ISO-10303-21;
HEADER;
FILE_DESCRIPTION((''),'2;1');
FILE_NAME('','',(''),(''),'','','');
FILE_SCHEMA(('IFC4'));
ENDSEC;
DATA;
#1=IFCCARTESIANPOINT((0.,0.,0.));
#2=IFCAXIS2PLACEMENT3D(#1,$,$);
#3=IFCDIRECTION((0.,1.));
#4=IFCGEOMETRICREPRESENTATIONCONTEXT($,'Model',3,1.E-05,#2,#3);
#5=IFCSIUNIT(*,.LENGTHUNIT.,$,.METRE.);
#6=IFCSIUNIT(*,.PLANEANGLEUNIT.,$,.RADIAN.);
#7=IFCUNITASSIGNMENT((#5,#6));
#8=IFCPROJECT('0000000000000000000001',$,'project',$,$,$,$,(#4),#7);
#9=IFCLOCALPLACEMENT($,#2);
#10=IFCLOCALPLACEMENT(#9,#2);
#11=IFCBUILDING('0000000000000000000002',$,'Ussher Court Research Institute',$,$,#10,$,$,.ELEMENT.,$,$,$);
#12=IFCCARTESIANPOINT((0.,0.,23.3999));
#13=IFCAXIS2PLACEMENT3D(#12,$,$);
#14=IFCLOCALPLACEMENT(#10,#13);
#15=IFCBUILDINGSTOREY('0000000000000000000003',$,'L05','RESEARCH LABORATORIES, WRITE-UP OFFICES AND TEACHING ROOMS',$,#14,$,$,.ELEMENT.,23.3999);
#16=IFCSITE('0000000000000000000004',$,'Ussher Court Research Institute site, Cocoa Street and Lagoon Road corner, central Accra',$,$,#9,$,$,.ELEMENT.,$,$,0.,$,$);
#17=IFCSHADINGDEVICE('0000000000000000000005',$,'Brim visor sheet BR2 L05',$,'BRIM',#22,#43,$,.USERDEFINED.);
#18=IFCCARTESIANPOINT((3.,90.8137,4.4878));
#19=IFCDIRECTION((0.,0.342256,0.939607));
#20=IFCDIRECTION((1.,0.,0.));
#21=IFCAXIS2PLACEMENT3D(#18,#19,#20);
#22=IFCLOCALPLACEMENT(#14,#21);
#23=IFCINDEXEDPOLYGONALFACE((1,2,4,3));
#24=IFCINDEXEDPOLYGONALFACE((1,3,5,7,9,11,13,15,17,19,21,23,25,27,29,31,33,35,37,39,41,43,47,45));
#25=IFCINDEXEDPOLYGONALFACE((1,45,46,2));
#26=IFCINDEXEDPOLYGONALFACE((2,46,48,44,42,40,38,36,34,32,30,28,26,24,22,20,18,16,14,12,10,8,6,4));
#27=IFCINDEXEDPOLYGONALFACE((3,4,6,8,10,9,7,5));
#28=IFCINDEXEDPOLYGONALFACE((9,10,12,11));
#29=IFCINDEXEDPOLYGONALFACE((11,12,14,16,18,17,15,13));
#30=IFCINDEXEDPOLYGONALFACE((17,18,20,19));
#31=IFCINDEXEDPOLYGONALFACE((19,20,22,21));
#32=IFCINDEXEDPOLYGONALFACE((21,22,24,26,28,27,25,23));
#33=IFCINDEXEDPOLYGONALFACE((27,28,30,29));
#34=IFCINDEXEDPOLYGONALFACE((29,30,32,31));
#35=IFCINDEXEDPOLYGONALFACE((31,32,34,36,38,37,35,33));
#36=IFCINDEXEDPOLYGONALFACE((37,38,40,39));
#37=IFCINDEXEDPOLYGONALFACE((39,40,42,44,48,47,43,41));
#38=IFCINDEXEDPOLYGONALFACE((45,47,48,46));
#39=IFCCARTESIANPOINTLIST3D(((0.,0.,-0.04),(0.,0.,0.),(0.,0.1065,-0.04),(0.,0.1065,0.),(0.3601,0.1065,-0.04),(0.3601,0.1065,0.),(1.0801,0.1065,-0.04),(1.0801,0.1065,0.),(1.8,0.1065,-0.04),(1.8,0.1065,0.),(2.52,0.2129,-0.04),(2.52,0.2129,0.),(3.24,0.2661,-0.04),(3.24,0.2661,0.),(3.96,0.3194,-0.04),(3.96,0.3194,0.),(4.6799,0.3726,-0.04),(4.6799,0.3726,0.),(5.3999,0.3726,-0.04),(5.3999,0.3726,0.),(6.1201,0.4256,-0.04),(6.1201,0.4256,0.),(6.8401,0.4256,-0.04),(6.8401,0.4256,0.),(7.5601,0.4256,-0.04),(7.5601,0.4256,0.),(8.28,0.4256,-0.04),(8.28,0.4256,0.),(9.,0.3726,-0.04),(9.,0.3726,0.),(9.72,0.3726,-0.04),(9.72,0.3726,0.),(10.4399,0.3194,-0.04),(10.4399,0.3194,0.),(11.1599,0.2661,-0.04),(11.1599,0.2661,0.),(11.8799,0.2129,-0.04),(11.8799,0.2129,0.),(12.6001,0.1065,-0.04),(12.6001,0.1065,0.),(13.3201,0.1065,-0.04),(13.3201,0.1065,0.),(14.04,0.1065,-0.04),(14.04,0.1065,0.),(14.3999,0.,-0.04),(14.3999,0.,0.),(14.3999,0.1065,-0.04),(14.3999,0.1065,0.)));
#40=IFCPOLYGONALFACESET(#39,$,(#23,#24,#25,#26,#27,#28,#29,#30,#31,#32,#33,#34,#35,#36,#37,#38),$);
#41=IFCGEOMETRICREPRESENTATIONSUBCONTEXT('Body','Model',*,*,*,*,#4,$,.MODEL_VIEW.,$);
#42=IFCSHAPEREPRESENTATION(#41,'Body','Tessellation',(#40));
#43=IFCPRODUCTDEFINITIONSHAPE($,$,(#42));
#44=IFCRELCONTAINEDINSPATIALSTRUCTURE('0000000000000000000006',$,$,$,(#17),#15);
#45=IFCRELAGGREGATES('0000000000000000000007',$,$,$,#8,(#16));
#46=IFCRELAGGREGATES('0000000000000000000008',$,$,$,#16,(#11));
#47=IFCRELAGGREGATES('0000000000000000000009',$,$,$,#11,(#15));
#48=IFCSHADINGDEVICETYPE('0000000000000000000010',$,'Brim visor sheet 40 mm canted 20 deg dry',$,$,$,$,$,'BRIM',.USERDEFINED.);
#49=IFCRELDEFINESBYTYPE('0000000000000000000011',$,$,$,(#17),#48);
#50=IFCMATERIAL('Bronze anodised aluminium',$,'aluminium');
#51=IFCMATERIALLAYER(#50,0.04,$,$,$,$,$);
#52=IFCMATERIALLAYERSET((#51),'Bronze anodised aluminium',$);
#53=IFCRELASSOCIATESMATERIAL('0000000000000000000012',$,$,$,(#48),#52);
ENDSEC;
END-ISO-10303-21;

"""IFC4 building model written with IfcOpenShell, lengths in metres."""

from ifc_helpers import new_model, si_unit, direction, frame, origin, place, context, subcontext, project, spatial, polyline, outline, extrude, material, layer, layer_set, type_object, element, save


model = new_model("IFC4")

# Units and contexts
model_context = context("Model", 3, precision=1e-05, world=origin(), true_north=direction((0.0, 1.0)))
body_context = subcontext(model_context, "Body", "Model", "MODEL_VIEW")
ifc_project = project(units=[si_unit("LENGTHUNIT", "METRE"), si_unit("PLANEANGLEUNIT", "RADIAN")], contexts=[model_context])

# Site, building, storey
site_placement = place(None, origin())
site = spatial("IfcSite", under=ifc_project, at=site_placement, Name="Ussher Court Research Institute site, Cocoa Street and Lagoon Road corner, central Accra", CompositionType="ELEMENT", RefElevation=0.0)
building_placement = place(site_placement, origin())
building = spatial("IfcBuilding", under=site, at=building_placement, Name="Ussher Court Research Institute", CompositionType="ELEMENT")
storey_placement = place(building_placement, frame((0.0, 0.0, 23.3999)))
storey = spatial("IfcBuildingStorey", under=building, at=storey_placement, Name="L05", Description="RESEARCH LABORATORIES, WRITE-UP OFFICES AND TEACHING ROOMS", CompositionType="ELEMENT", Elevation=23.3999)

# Shading device
ifc_material_1 = material(Name="Bronze anodised aluminium", Category="aluminium")
ifc_layer_1 = layer(ifc_material_1, 0.04)
ifc_layer_set_1 = layer_set([ifc_layer_1], Name="Bronze anodised aluminium")
shading_device_type_1 = type_object("IfcShadingDeviceType", Name="Brim visor sheet 40 mm canted 20 deg dry", ElementType="BRIM", PredefinedType="USERDEFINED", material=ifc_layer_set_1)
shading_device_1_placement = place(storey_placement, frame((3.0, 90.8137, 4.4878), z_axis=(0.0, 0.342256, 0.939607), x_axis=(1.0, 0.0, 0.0)))
element("IfcShadingDevice", 1, at=shading_device_1_placement, inside=storey, type_object=shading_device_type_1, Name="Brim visor sheet BR2 L05", ObjectType="BRIM", PredefinedType="USERDEFINED", context=body_context, shape_type="SweptSolid", body=[
    extrude(outline(polyline([(0.0, 0.0), (14.3999, 0.0), (14.3999, 0.1065), (14.04, 0.1065), (13.3201, 0.1065), (12.6001, 0.1065), (11.8799, 0.2129), (11.1599, 0.2661), (10.4399, 0.3194), (9.72, 0.3726), (9.0, 0.3726), (8.28, 0.4256), (7.5601, 0.4256), (6.8401, 0.4256), (6.1201, 0.4256), (5.3999, 0.3726), (4.6799, 0.3726), (3.96, 0.3194), (3.24, 0.2661), (2.52, 0.2129), (1.8, 0.1065), (1.0801, 0.1065), (0.3601, 0.1065), (0.0, 0.1065), (0.0, 0.0)])), origin(), (0.0, 0.0, -1.0), 0.04),
])

save(model, "model.ifc")
